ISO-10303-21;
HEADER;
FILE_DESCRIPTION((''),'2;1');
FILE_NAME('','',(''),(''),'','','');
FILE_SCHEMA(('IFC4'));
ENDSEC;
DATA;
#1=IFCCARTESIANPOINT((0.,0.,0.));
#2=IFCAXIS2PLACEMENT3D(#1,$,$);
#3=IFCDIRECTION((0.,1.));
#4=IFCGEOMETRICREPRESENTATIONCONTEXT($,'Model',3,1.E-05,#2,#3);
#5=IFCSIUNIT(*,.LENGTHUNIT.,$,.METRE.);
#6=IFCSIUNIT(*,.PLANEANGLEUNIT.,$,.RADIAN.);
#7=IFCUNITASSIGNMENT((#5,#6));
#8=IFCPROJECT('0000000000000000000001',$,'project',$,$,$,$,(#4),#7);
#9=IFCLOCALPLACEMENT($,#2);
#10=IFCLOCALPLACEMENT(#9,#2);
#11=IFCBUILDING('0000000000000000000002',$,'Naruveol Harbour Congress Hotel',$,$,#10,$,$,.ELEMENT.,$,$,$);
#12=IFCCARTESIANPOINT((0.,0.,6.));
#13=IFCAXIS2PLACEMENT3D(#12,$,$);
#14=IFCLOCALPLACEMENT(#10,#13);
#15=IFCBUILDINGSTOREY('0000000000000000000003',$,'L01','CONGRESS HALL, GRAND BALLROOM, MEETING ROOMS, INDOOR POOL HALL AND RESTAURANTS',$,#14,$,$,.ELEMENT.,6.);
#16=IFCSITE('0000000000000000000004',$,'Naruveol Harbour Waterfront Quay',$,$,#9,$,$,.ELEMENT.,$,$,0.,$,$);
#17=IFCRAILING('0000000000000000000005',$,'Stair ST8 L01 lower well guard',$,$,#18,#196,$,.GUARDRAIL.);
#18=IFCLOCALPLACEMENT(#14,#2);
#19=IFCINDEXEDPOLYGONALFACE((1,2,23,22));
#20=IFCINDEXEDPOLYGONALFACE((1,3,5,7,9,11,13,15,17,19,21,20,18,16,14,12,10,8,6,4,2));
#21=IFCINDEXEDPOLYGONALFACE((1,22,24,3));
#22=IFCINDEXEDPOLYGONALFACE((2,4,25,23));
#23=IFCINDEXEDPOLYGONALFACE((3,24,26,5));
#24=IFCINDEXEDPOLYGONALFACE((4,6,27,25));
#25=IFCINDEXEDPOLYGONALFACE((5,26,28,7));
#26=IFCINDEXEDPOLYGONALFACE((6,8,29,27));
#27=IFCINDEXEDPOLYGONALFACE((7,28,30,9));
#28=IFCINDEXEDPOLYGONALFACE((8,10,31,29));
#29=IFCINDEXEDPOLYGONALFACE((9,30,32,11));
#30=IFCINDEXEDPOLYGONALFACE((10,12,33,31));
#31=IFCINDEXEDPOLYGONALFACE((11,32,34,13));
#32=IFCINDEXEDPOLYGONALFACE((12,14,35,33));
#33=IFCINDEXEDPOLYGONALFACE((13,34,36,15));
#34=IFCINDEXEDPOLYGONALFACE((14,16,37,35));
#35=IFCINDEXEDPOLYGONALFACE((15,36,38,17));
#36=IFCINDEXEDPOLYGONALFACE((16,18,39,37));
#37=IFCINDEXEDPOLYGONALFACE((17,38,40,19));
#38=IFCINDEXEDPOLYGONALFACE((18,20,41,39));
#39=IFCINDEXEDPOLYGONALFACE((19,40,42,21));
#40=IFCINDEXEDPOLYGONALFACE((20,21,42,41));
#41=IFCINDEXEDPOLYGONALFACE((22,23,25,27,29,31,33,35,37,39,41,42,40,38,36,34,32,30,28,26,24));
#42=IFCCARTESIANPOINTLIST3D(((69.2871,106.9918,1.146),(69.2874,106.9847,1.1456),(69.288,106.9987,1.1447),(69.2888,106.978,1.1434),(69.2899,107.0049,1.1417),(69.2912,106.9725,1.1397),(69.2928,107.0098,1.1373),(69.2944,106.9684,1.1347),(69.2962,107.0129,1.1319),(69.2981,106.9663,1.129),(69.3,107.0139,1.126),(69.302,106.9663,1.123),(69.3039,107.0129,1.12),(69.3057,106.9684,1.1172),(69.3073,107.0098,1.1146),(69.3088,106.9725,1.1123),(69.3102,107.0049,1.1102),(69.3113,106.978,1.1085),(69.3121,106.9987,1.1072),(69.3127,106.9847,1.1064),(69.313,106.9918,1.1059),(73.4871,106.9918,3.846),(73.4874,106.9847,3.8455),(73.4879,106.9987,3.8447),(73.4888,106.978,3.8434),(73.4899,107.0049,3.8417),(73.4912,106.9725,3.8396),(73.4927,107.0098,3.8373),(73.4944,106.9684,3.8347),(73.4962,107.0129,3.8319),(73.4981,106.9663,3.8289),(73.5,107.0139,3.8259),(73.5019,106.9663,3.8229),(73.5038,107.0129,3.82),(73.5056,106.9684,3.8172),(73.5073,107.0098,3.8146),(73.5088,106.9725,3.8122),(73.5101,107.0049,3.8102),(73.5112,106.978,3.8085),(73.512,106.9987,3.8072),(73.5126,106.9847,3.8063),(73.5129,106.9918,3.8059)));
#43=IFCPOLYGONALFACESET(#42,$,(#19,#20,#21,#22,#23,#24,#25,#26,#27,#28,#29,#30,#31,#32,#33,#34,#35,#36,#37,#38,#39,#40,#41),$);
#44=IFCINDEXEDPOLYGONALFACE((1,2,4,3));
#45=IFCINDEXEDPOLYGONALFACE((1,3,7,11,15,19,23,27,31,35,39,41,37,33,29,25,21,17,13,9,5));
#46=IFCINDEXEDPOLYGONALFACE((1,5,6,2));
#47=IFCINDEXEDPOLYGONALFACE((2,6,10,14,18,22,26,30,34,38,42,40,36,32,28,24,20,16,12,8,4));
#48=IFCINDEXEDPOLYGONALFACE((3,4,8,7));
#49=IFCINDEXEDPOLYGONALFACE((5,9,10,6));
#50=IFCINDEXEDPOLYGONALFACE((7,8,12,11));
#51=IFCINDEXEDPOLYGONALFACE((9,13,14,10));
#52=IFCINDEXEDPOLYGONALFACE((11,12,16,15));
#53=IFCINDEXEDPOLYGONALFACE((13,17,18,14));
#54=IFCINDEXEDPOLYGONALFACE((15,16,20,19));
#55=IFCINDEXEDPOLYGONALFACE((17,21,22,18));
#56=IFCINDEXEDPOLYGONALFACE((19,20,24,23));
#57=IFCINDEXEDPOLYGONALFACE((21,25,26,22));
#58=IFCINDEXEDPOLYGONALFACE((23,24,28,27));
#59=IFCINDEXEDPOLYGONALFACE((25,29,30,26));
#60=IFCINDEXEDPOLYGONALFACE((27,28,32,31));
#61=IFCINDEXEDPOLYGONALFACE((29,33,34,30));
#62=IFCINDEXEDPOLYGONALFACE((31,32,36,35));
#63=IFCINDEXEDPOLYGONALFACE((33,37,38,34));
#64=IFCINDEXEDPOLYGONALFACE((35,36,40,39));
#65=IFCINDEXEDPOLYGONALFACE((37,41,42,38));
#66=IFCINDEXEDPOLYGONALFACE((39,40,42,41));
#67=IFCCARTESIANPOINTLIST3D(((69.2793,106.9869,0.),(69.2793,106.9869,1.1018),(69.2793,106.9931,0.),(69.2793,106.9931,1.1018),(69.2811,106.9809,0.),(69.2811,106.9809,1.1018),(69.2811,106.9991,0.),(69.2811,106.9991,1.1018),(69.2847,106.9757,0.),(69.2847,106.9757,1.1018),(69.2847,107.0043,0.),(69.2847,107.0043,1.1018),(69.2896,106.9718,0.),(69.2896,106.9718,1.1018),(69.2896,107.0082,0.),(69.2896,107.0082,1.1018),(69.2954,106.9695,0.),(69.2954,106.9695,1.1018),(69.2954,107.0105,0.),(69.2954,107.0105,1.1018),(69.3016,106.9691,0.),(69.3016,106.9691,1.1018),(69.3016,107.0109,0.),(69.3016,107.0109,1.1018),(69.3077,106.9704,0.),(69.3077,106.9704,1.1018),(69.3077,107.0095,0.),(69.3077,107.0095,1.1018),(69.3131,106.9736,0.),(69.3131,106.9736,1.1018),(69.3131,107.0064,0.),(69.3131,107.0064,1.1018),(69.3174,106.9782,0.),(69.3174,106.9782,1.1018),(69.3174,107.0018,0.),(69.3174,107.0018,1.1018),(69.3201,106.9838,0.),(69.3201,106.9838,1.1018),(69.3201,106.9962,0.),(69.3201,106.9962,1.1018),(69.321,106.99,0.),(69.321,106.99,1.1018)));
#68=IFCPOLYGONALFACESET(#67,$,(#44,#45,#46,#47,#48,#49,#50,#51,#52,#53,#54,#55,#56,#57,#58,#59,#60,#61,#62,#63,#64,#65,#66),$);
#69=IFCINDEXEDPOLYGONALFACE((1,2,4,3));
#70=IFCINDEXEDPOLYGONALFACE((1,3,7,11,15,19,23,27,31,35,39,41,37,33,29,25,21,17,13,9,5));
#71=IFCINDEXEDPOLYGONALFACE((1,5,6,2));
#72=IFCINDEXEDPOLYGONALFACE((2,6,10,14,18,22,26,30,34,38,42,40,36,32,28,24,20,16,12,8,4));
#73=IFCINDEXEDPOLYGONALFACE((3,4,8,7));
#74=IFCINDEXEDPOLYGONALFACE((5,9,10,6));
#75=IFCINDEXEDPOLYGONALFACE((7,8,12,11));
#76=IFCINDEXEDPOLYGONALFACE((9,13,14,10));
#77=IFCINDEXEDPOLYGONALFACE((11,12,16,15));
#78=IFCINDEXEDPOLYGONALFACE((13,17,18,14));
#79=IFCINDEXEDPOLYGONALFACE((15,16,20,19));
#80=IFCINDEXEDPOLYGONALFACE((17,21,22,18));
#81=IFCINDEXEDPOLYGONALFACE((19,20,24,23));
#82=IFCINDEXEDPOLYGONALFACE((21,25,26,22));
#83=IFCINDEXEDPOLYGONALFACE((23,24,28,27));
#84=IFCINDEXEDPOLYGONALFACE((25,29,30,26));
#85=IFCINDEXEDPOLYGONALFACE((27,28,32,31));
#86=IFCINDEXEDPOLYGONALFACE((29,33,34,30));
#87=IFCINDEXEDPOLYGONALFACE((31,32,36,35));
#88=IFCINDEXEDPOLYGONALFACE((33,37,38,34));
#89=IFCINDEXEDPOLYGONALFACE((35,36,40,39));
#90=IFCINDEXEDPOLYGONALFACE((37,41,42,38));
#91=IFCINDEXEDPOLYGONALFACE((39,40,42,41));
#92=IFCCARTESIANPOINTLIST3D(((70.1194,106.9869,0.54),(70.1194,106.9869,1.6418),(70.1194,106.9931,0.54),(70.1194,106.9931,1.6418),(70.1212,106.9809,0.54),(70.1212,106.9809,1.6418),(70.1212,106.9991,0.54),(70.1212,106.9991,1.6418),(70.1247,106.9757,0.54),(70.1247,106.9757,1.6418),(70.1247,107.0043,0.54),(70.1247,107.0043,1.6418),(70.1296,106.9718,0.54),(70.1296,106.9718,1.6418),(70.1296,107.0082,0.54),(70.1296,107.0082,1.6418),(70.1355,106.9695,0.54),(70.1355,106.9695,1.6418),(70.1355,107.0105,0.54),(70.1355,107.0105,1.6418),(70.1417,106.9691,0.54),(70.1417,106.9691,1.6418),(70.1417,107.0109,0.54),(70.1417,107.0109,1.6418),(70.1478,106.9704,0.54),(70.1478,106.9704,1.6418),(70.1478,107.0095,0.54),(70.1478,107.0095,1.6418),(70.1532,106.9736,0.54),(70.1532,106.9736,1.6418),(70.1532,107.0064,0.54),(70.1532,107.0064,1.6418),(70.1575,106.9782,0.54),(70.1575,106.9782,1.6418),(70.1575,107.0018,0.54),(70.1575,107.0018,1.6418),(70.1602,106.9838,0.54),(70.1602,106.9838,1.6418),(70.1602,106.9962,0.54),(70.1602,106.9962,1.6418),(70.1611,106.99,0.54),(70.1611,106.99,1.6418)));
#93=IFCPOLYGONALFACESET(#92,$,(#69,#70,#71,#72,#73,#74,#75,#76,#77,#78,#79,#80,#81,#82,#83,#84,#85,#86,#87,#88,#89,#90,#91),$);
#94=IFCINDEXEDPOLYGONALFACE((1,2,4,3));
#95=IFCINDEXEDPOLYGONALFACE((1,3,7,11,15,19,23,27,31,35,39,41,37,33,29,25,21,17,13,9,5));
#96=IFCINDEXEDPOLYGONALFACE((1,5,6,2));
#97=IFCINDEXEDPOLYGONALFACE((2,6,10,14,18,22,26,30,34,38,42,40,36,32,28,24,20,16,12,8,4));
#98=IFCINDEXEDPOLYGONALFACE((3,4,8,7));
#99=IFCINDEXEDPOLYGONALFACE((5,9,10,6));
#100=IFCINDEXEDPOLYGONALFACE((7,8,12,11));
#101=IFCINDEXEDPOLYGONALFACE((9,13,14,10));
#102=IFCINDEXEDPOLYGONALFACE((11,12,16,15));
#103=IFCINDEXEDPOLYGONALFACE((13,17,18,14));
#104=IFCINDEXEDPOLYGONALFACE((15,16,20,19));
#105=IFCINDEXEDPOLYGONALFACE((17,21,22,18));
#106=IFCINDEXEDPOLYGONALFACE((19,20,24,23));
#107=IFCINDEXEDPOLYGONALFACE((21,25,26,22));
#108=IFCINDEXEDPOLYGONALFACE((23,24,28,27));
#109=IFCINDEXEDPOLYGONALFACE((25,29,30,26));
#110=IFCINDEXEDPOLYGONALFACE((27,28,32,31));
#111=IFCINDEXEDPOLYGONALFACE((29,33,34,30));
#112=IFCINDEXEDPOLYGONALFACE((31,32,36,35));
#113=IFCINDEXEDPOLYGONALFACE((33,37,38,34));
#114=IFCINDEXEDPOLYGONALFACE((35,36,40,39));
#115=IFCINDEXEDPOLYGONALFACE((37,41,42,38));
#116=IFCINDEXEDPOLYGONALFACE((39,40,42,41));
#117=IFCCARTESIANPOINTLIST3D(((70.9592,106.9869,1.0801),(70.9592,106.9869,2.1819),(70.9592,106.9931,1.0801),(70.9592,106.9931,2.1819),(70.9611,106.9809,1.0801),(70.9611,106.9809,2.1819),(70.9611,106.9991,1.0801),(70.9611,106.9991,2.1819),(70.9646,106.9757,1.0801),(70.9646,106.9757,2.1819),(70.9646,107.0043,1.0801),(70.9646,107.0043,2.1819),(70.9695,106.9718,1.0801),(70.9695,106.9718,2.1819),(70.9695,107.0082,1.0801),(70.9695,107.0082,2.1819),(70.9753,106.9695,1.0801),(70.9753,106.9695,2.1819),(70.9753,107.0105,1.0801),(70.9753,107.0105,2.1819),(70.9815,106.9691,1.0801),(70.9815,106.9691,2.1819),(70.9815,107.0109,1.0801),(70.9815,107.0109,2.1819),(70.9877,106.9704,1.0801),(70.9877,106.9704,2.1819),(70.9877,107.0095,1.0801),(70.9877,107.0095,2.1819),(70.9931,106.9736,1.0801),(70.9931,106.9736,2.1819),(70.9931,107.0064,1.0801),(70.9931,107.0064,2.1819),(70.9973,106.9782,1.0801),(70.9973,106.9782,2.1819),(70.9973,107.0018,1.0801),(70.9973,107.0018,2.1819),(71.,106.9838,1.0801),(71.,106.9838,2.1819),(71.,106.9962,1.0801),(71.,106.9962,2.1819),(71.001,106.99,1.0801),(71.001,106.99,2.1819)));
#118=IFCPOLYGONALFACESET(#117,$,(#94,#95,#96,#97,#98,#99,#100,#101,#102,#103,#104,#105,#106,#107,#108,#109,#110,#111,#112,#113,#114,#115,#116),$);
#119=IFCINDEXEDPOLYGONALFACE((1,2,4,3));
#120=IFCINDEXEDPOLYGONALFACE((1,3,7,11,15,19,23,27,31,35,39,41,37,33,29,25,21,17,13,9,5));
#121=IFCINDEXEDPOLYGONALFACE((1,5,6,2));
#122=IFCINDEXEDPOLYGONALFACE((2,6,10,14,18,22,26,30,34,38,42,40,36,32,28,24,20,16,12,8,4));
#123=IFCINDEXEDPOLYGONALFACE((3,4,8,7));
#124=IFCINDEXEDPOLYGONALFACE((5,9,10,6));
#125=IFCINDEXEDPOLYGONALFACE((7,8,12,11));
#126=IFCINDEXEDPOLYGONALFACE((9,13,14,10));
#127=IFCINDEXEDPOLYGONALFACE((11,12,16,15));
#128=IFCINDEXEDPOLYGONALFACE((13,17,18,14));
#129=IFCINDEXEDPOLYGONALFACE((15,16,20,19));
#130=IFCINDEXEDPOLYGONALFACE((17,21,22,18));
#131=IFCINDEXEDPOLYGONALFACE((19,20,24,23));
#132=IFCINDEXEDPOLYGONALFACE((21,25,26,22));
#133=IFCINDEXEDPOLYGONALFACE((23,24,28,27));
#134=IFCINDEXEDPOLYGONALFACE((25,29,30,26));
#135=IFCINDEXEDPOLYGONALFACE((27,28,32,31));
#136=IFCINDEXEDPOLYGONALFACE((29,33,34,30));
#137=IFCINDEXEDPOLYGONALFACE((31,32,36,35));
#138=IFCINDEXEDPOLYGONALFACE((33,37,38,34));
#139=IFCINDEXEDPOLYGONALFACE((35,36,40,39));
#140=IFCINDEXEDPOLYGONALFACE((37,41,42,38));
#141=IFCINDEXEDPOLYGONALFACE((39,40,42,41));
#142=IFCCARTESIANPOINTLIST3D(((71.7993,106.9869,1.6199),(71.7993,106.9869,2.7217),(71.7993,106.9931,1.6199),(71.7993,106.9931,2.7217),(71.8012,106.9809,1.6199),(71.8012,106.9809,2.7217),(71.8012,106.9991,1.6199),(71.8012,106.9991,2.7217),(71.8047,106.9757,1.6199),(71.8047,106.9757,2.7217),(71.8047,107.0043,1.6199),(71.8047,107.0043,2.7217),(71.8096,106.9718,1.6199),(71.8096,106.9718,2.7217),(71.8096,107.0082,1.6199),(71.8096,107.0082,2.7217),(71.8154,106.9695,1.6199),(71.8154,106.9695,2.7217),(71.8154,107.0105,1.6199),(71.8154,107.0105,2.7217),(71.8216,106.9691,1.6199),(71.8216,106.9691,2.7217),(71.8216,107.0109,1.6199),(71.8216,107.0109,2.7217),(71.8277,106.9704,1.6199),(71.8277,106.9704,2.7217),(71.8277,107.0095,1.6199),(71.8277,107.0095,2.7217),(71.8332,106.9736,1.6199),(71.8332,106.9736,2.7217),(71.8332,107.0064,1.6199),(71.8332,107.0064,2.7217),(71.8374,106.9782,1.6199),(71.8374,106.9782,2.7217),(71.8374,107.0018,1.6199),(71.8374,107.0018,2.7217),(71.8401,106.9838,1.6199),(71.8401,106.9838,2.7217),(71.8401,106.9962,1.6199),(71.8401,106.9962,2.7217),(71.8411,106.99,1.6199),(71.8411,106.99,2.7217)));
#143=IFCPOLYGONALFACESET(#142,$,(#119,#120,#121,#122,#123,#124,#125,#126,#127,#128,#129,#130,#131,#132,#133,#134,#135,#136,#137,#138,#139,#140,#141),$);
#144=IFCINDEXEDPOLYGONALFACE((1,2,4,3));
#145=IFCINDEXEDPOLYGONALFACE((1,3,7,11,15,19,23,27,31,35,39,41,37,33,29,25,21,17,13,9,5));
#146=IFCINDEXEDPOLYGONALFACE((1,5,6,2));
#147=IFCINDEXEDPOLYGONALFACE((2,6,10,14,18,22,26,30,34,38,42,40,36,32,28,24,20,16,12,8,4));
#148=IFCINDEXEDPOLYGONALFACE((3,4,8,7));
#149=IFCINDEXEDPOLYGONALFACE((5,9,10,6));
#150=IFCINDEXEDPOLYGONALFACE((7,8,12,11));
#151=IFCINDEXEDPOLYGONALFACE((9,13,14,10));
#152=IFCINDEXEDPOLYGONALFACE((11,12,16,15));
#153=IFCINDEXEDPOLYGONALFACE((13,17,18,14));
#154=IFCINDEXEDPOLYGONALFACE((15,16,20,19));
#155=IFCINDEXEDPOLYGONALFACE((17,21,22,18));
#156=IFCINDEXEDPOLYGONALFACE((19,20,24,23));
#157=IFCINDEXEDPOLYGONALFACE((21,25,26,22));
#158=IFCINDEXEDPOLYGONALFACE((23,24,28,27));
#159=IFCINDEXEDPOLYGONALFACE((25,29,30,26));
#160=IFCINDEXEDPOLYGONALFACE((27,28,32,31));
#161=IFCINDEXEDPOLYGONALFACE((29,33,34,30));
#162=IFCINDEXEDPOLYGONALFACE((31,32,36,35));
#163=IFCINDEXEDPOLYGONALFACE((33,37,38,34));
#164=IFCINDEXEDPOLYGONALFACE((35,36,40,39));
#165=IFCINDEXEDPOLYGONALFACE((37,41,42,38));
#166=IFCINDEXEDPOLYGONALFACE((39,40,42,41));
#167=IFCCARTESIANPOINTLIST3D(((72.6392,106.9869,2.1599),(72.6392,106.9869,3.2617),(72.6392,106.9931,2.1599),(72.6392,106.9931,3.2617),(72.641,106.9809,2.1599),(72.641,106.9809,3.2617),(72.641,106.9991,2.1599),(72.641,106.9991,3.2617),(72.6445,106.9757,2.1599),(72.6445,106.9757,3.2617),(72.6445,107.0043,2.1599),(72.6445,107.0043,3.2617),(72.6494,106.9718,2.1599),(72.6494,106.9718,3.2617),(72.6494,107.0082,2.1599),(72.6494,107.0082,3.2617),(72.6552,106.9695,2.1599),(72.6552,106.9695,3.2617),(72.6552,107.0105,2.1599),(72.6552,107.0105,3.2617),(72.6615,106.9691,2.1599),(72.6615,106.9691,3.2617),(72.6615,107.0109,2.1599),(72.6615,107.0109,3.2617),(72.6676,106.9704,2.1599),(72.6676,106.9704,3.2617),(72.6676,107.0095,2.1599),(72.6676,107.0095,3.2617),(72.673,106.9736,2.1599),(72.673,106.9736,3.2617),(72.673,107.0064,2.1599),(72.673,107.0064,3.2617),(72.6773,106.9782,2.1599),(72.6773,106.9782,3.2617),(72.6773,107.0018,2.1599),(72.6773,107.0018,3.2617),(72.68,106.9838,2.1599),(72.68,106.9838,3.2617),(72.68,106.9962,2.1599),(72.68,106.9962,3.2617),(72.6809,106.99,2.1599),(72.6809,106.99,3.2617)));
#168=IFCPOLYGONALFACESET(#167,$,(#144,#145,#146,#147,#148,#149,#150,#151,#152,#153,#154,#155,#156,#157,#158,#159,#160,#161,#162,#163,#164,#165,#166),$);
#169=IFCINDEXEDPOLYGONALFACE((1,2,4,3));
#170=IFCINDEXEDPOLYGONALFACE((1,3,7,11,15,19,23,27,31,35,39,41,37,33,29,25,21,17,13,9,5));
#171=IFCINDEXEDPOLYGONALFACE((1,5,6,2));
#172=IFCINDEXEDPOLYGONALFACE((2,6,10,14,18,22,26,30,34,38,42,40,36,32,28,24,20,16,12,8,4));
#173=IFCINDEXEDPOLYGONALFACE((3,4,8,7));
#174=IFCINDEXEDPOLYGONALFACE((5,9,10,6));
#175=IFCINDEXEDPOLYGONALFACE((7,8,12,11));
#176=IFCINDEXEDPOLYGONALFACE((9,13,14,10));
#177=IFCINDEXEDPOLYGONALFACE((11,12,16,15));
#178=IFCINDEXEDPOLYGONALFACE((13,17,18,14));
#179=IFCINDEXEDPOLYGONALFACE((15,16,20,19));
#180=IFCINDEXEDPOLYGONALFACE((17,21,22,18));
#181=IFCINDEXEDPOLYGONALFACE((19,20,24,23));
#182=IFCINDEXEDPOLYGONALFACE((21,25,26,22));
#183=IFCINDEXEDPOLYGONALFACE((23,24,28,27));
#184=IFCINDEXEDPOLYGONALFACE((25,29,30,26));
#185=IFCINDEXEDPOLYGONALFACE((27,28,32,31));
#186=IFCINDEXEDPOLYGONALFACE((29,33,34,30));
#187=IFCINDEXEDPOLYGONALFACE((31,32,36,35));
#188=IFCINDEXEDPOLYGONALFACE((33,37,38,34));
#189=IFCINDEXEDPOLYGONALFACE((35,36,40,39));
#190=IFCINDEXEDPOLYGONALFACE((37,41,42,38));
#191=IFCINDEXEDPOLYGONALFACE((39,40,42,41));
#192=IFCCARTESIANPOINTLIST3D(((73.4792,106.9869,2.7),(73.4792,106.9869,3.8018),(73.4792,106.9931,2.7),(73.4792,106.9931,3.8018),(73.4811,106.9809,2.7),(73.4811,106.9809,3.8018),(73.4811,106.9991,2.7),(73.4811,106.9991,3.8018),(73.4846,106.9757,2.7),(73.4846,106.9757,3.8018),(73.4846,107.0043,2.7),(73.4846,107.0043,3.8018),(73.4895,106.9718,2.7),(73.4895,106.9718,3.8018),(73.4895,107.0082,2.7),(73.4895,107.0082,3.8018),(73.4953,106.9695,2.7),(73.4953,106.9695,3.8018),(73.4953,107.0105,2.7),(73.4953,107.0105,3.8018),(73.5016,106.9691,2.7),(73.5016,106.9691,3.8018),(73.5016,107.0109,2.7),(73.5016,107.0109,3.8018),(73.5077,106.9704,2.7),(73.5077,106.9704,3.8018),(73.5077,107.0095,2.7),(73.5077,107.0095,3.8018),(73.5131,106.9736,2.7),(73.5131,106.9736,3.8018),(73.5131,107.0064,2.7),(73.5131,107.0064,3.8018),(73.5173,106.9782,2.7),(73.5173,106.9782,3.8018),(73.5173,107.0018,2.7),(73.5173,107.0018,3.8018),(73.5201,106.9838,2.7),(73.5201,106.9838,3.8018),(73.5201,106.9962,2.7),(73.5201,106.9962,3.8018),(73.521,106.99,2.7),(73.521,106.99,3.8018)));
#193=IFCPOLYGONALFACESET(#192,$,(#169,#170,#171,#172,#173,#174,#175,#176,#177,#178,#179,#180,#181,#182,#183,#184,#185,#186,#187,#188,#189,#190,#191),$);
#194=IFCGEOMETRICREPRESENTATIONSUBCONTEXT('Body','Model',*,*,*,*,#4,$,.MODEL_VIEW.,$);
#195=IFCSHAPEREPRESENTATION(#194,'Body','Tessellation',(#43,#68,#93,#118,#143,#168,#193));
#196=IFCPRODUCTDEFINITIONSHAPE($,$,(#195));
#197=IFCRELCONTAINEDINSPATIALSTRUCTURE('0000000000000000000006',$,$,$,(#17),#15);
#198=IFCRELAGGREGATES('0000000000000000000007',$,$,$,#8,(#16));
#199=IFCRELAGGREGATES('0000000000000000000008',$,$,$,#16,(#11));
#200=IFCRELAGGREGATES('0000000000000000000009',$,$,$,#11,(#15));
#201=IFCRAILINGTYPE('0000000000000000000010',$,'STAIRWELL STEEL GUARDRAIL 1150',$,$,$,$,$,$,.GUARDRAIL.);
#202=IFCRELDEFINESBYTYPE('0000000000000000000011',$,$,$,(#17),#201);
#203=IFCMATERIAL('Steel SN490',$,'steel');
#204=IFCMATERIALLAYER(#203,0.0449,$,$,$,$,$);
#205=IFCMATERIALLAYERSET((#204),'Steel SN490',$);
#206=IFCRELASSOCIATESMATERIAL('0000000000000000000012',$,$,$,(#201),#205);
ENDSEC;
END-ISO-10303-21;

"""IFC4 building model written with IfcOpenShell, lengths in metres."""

from ifc_helpers import new_model, si_unit, direction, frame, origin, origin_2d, place, context, subcontext, project, spatial, circle, extrude, material, layer, layer_set, type_object, element, save


model = new_model("IFC4")

# Units and contexts
model_context = context("Model", 3, precision=1e-05, world=origin(), true_north=direction((0.0, 1.0)))
body_context = subcontext(model_context, "Body", "Model", "MODEL_VIEW")
ifc_project = project(units=[si_unit("LENGTHUNIT", "METRE"), si_unit("PLANEANGLEUNIT", "RADIAN")], contexts=[model_context])

# Site, building, storey
site_placement = place(None, origin())
site = spatial("IfcSite", under=ifc_project, at=site_placement, Name="Naruveol Harbour Waterfront Quay", CompositionType="ELEMENT", RefElevation=0.0)
building_placement = place(site_placement, origin())
building = spatial("IfcBuilding", under=site, at=building_placement, Name="Naruveol Harbour Congress Hotel", CompositionType="ELEMENT")
storey_placement = place(building_placement, frame((0.0, 0.0, 6.0)))
storey = spatial("IfcBuildingStorey", under=building, at=storey_placement, Name="L01", Description="CONGRESS HALL, GRAND BALLROOM, MEETING ROOMS, INDOOR POOL HALL AND RESTAURANTS", CompositionType="ELEMENT", Elevation=6.0)

# Railing
ifc_material_1 = material(Name="Steel SN490", Category="steel")
ifc_layer_1 = layer(ifc_material_1, 0.0449)
ifc_layer_set_1 = layer_set([ifc_layer_1], Name="Steel SN490")
railing_type_1 = type_object("IfcRailingType", Name="STAIRWELL STEEL GUARDRAIL 1150", PredefinedType="GUARDRAIL", material=ifc_layer_set_1)
railing_1_placement = place(storey_placement, frame((69.3, 106.99, 0.0)))
element("IfcRailing", 1, at=railing_1_placement, inside=storey, type_object=railing_type_1, Name="Stair ST8 L01 lower well guard", PredefinedType="GUARDRAIL", context=body_context, shape_type="SweptSolid", body=[
    extrude(circle(Radius=0.0239, at=origin_2d()), frame((0.0, 0.0, 1.126), z_axis=(0.84118, 0.0, 0.540755), x_axis=(0.0, 1.0, 0.0)), (0.0, 0.0, 1.0), 4.9929),
    extrude(circle(Radius=0.021, at=origin_2d()), origin(), (0.0, 0.0, 1.0), 1.1018),
    extrude(circle(Radius=0.021, at=origin_2d()), frame((0.8401, 0.0, 0.54)), (0.0, 0.0, 1.0), 1.1018),
    extrude(circle(Radius=0.021, at=origin_2d()), frame((1.6799, 0.0, 1.0801)), (0.0, 0.0, 1.0), 1.1018),
    extrude(circle(Radius=0.021, at=origin_2d()), frame((2.52, 0.0, 1.6199)), (0.0, 0.0, 1.0), 1.1018),
    extrude(circle(Radius=0.021, at=origin_2d()), frame((3.3599, 0.0, 2.1599)), (0.0, 0.0, 1.0), 1.1018),
    extrude(circle(Radius=0.021, at=origin_2d()), frame((4.2, 0.0, 2.7)), (0.0, 0.0, 1.0), 1.1018),
])

save(model, "model.ifc")
